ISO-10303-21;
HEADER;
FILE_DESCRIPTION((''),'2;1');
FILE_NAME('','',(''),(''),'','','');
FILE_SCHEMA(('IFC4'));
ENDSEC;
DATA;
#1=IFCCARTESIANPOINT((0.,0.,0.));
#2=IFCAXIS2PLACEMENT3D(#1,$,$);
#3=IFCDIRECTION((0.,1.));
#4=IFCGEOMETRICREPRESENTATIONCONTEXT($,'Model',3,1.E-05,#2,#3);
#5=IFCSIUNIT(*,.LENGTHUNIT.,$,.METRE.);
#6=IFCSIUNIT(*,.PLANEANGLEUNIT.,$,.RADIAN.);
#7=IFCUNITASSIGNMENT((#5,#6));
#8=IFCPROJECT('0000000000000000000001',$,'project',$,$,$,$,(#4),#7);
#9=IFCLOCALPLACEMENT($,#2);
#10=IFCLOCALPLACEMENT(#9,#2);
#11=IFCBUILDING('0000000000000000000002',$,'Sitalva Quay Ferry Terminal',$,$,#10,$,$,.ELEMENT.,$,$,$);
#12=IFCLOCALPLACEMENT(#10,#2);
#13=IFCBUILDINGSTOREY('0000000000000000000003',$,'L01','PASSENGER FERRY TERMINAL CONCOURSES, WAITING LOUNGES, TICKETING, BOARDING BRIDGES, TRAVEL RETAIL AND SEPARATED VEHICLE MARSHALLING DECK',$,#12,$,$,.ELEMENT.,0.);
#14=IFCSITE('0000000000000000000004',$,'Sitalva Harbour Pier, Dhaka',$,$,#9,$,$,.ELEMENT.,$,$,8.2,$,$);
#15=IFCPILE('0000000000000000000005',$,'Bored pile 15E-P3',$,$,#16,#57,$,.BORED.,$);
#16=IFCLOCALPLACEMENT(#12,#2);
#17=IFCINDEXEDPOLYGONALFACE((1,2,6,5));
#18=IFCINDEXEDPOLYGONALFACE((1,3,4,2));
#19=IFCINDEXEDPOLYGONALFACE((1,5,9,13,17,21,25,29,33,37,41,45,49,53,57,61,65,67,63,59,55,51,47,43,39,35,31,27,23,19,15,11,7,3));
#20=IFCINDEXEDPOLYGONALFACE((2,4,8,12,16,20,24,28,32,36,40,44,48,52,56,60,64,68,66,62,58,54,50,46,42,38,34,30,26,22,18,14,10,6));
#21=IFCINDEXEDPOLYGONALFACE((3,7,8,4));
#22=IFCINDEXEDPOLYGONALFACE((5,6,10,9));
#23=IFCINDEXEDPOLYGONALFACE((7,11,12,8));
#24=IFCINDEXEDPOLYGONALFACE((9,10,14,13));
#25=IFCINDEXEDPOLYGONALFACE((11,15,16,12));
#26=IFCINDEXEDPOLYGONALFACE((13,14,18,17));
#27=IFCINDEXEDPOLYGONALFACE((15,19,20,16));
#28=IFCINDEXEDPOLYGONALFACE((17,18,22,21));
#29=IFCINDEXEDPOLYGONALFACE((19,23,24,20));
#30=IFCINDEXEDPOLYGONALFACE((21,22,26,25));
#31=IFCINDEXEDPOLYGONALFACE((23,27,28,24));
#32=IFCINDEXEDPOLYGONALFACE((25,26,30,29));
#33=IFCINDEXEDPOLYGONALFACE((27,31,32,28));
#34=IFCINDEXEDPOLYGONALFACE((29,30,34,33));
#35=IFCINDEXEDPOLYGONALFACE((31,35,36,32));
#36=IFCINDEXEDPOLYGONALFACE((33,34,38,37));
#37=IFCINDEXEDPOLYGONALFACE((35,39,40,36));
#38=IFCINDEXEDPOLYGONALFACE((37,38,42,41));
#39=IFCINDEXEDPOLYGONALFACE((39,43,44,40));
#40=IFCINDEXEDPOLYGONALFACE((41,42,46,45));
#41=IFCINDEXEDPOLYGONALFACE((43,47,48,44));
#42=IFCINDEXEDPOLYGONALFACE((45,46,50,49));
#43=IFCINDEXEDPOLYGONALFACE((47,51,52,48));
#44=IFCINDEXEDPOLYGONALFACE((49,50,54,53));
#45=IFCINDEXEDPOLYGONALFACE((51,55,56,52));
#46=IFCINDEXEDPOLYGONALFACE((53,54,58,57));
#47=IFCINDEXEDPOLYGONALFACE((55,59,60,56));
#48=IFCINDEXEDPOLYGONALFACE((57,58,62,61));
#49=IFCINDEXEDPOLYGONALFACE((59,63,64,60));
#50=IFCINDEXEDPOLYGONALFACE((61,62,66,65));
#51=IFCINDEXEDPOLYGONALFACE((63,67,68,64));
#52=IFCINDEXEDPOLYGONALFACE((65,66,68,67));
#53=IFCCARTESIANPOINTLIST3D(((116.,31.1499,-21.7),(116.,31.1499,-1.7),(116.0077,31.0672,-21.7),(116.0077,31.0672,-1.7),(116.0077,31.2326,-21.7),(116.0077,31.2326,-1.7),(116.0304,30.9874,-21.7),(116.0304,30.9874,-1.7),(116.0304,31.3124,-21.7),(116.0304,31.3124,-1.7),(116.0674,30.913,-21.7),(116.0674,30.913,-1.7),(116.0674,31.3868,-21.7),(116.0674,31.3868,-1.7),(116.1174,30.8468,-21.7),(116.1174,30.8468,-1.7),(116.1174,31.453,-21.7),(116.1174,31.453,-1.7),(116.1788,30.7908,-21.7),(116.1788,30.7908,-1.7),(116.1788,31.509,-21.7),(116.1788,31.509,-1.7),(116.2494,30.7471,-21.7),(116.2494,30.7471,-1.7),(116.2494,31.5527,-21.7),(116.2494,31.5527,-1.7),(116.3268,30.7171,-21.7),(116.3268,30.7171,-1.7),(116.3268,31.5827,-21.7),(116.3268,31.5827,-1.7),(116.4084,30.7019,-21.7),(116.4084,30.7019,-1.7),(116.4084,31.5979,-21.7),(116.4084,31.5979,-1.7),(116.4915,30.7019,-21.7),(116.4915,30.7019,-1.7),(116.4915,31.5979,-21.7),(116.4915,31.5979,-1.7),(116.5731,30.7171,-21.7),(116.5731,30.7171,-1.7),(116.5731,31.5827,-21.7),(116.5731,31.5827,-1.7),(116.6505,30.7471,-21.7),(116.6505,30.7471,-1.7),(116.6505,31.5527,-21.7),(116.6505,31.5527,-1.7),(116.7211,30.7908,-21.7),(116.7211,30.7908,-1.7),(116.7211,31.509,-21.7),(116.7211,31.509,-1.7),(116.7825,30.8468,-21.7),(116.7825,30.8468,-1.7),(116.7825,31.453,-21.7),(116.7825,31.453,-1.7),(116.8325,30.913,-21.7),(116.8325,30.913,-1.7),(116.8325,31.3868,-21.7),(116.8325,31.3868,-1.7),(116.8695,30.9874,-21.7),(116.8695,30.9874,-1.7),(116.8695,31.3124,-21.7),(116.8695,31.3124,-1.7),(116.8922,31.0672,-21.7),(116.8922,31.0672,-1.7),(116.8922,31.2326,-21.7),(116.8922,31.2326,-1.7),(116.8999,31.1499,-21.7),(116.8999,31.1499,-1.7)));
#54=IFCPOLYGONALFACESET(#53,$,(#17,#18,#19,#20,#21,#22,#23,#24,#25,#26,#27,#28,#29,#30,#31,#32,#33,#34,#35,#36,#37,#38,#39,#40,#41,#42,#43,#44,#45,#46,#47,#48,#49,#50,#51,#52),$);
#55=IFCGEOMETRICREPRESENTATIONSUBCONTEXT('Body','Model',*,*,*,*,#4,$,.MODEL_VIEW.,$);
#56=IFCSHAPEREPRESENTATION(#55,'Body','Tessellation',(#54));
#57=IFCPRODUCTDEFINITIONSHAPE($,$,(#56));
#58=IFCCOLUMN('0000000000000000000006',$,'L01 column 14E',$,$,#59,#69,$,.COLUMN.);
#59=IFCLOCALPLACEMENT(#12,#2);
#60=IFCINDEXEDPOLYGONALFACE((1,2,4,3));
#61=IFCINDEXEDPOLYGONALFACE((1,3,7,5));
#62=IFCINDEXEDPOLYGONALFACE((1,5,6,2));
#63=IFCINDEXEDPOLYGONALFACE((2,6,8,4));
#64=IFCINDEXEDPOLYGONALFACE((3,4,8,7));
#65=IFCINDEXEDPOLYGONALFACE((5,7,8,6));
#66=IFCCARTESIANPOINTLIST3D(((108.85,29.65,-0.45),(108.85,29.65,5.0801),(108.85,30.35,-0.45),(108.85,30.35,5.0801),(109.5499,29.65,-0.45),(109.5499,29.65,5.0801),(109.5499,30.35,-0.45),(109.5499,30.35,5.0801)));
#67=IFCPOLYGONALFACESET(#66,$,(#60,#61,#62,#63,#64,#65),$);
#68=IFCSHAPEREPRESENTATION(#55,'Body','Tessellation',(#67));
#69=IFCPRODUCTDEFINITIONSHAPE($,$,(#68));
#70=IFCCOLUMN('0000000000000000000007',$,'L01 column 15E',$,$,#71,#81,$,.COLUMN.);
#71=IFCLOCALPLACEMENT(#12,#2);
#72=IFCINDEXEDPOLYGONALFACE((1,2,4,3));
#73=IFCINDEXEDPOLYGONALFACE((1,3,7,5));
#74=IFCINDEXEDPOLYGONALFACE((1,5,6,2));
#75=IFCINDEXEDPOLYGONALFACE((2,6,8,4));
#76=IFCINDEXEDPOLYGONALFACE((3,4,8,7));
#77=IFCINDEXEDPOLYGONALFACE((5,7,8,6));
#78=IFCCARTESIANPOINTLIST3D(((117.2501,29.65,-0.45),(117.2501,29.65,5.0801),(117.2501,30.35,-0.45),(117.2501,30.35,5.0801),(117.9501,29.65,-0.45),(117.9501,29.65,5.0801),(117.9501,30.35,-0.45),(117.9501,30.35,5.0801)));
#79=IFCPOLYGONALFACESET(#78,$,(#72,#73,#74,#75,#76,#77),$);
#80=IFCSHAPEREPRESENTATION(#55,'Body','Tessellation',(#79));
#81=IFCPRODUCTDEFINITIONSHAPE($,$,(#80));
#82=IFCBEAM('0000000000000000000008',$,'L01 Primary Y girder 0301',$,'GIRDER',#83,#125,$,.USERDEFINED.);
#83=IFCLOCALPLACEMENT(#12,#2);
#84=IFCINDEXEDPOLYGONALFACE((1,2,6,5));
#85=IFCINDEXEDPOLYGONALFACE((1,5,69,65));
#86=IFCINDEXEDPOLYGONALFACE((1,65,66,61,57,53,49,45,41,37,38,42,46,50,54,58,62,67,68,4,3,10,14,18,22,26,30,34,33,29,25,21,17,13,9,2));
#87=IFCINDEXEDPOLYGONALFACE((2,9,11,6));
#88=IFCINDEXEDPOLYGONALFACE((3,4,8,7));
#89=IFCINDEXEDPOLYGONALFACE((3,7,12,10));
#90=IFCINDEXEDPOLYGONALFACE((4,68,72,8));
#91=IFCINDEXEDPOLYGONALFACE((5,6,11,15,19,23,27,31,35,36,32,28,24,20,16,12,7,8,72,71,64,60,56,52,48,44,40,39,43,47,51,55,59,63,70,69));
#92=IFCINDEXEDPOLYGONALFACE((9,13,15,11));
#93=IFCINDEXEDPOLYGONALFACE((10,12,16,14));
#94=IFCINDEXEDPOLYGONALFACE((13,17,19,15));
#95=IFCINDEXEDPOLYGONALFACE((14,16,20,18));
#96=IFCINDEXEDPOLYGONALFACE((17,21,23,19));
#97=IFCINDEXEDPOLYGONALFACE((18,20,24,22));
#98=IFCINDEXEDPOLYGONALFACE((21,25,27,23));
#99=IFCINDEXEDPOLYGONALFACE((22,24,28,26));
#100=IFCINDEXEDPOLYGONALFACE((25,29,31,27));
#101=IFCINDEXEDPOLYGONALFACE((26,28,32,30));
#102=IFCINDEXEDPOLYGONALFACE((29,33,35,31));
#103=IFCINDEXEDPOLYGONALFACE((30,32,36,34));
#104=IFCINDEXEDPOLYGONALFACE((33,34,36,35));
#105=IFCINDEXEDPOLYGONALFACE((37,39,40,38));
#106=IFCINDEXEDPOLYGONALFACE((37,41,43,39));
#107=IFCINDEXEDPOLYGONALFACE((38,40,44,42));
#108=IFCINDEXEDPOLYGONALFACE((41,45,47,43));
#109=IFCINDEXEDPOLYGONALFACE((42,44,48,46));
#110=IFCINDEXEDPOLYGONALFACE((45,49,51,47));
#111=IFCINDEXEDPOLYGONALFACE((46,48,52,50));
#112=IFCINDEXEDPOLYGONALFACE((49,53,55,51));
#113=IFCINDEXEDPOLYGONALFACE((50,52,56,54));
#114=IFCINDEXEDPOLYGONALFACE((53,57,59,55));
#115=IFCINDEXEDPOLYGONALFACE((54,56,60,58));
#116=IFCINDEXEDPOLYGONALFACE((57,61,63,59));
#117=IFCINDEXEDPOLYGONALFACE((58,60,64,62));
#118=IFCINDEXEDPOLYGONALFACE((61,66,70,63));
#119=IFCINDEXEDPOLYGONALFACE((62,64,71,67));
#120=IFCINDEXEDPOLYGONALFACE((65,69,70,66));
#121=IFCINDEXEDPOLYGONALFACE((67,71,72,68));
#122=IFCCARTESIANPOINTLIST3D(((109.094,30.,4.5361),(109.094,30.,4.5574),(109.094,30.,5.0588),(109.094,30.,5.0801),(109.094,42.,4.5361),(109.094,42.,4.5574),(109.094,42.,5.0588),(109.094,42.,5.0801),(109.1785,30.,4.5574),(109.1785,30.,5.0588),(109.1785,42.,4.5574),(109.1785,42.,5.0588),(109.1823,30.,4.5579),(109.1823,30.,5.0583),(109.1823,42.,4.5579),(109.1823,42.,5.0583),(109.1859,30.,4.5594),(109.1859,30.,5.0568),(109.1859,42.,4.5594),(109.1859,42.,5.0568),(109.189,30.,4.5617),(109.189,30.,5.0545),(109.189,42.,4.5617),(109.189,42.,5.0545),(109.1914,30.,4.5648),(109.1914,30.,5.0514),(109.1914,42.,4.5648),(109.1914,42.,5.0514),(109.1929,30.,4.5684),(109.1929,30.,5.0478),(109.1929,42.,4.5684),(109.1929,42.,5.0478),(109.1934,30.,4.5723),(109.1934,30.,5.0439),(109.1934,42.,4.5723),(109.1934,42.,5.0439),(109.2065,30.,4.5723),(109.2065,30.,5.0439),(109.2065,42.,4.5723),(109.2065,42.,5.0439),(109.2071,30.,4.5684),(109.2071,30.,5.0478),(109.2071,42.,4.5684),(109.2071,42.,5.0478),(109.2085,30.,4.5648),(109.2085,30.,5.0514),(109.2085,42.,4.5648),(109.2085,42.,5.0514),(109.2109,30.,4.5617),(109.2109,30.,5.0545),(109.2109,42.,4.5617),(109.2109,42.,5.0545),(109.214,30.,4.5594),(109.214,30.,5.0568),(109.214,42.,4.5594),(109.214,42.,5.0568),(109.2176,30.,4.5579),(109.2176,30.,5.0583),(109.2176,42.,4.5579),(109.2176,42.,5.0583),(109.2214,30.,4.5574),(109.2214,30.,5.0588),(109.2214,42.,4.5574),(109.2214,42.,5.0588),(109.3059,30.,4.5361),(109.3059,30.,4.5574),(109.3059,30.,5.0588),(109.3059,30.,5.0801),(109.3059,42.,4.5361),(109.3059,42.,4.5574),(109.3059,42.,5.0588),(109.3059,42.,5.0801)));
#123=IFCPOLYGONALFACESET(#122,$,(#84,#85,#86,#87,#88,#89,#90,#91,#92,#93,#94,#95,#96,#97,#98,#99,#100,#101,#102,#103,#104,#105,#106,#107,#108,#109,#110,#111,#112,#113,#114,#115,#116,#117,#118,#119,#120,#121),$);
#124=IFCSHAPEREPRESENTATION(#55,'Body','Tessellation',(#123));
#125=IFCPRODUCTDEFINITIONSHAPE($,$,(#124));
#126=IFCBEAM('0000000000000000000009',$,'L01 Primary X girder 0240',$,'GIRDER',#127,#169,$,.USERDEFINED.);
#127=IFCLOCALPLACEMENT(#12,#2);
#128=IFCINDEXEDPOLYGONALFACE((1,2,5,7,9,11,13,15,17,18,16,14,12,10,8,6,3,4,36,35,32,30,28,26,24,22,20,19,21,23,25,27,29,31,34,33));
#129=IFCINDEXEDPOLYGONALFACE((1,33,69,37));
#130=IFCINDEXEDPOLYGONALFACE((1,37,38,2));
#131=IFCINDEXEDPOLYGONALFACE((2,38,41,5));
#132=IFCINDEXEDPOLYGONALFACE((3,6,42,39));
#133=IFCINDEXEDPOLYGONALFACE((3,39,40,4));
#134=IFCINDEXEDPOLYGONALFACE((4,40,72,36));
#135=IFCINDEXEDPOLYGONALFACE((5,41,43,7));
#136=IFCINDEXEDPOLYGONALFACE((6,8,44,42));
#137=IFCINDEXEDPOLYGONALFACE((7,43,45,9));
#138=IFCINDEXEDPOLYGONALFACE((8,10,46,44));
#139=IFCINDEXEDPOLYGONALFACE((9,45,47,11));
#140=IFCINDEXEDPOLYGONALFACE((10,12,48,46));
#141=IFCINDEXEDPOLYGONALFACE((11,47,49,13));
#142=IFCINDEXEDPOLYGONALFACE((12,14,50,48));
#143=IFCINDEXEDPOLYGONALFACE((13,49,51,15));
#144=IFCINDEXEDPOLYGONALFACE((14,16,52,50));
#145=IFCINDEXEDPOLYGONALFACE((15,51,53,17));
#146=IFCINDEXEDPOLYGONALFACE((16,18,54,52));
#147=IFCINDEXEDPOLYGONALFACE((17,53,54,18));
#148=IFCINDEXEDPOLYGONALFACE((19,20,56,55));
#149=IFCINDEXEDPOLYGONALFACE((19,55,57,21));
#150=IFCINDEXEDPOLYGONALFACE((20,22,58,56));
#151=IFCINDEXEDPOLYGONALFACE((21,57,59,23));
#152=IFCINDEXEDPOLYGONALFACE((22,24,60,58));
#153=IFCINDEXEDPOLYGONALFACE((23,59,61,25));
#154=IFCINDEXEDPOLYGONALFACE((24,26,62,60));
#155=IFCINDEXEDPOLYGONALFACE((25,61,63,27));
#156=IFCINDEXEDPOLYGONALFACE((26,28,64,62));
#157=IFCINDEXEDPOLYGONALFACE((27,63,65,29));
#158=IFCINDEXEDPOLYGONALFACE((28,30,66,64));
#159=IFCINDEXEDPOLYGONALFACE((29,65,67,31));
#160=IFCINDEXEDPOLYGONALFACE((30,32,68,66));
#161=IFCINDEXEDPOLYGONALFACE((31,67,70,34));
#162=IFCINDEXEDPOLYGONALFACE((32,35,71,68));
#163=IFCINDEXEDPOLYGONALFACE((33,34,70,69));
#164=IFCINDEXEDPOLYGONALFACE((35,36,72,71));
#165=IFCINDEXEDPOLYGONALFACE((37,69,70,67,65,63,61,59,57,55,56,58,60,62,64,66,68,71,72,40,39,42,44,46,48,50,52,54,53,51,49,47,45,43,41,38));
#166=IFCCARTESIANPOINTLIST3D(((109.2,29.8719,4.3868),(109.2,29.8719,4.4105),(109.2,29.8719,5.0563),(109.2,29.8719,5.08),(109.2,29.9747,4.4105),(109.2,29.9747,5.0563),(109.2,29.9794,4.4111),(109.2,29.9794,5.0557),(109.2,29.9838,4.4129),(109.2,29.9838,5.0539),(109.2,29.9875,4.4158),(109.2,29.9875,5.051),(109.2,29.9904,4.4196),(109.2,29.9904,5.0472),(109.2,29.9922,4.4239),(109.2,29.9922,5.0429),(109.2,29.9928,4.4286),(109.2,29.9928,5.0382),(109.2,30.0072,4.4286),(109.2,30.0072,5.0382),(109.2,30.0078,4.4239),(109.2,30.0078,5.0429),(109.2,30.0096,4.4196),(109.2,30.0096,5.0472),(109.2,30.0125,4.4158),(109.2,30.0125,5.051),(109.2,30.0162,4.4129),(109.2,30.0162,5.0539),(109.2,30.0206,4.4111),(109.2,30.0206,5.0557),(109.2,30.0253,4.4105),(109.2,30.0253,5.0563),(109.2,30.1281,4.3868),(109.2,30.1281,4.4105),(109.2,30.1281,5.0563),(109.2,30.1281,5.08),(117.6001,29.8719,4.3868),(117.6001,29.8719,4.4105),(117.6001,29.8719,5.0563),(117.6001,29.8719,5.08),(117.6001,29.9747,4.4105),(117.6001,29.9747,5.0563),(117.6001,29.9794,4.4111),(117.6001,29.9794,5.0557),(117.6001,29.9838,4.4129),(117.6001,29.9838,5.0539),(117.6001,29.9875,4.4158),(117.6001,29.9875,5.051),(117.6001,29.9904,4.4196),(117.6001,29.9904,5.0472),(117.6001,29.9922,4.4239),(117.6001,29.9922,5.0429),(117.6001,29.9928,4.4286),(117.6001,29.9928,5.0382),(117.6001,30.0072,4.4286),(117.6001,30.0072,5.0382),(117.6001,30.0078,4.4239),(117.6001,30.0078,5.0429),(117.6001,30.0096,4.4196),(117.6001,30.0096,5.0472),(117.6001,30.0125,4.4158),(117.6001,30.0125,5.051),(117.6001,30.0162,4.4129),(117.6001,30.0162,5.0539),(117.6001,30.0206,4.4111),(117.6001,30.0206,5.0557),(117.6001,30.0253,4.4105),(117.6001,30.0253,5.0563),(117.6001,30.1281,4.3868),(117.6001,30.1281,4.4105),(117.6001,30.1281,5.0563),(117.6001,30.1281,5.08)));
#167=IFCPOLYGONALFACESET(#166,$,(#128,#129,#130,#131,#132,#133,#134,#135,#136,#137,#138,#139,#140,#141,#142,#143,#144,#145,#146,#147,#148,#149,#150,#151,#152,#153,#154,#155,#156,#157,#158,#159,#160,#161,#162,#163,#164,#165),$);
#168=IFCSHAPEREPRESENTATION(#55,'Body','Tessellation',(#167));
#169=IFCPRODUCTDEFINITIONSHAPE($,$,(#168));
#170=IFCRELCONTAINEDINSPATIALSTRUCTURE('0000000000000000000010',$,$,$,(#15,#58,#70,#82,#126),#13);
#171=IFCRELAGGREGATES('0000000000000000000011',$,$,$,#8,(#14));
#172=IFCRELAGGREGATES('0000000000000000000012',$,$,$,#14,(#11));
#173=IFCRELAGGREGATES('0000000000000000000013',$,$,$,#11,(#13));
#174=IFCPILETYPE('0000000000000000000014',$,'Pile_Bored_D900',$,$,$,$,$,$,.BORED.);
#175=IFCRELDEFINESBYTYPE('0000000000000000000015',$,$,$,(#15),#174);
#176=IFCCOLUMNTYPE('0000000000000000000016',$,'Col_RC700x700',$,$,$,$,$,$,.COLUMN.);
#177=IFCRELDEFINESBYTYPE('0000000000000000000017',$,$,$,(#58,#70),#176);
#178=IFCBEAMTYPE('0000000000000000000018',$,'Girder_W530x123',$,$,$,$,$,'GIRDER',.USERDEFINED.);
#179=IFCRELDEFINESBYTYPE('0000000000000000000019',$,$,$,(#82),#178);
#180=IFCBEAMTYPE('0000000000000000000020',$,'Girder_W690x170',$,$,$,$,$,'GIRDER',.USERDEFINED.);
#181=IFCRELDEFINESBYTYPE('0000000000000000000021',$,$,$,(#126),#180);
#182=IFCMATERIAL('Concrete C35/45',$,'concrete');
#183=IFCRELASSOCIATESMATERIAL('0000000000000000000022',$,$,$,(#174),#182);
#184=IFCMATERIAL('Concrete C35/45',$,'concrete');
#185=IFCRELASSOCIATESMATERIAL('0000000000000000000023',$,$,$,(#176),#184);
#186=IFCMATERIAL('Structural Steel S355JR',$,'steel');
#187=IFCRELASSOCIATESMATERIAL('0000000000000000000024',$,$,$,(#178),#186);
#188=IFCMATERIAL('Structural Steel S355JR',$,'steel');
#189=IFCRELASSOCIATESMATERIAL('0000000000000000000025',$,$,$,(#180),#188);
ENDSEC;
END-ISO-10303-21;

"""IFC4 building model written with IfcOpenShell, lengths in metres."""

from ifc_helpers import new_model, si_unit, direction, frame, origin, origin_2d, place, context, subcontext, project, spatial, rectangle, circle, i_section, extrude, material, material_profile, profile_set, type_object, element, save


model = new_model("IFC4")

# Units and contexts
model_context = context("Model", 3, precision=1e-05, world=origin(), true_north=direction((0.0, 1.0)))
body_context = subcontext(model_context, "Body", "Model", "MODEL_VIEW")
ifc_project = project(units=[si_unit("LENGTHUNIT", "METRE"), si_unit("PLANEANGLEUNIT", "RADIAN")], contexts=[model_context])

# Site, building, storey
site_placement = place(None, origin())
site = spatial("IfcSite", under=ifc_project, at=site_placement, Name="Sitalva Harbour Pier, Dhaka", CompositionType="ELEMENT", RefElevation=8.2)
building_placement = place(site_placement, origin())
building = spatial("IfcBuilding", under=site, at=building_placement, Name="Sitalva Quay Ferry Terminal", CompositionType="ELEMENT")
storey_placement = place(building_placement, origin())
storey = spatial("IfcBuildingStorey", under=building, at=storey_placement, Name="L01", Description="PASSENGER FERRY TERMINAL CONCOURSES, WAITING LOUNGES, TICKETING, BOARDING BRIDGES, TRAVEL RETAIL AND SEPARATED VEHICLE MARSHALLING DECK", CompositionType="ELEMENT", Elevation=0.0)

# Pile
ifc_material_1 = material(Name="Concrete C35/45", Category="concrete")
ifc_material_profile_1 = material_profile(ifc_material_1, circle(Radius=0.45, at=origin_2d()), Name="PILE-D900")
ifc_profile_set_1 = profile_set([ifc_material_profile_1], Name="Concrete C35/45")
pile_type = type_object("IfcPileType", Name="Pile_Bored_D900", PredefinedType="BORED", material=ifc_profile_set_1)
for number, where, z_axis, x_axis, name in (
    (1, (116.45, 31.1499, -1.7), (0.0, 0.0, -1.0), (1.0, 0.0, 0.0), "Bored pile 15E-P3"),
):
    element("IfcPile", number, at=place(storey_placement, frame(where, z_axis=z_axis, x_axis=x_axis)), inside=storey, type_object=pile_type, Name=name, PredefinedType="BORED", context=body_context, shape_type="SweptSolid", body=[
        extrude(circle(Radius=0.45, at=origin_2d()), origin(), (0.0, 0.0, 1.0), 20.0),
    ])

# Columns
ifc_material_2 = material(Name="Concrete C35/45", Category="concrete")
ifc_material_profile_2 = material_profile(ifc_material_2, rectangle(XDim=0.7, YDim=0.7, at=origin_2d()), Name="RC700x700")
ifc_profile_set_2 = profile_set([ifc_material_profile_2], Name="Concrete C35/45")
column_type = type_object("IfcColumnType", Name="Col_RC700x700", PredefinedType="COLUMN", material=ifc_profile_set_2)
for number, where, z_axis, x_axis, name in (
    (2, (109.2, 30.0, -0.45), (0.0, 0.0, 1.0), (1.0, 0.0, 0.0), "L01 column 14E"),
    (3, (117.6001, 30.0, -0.45), (0.0, 0.0, 1.0), (1.0, 0.0, 0.0), "L01 column 15E"),
):
    element("IfcColumn", number, at=place(storey_placement, frame(where, z_axis=z_axis, x_axis=x_axis)), inside=storey, type_object=column_type, Name=name, PredefinedType="COLUMN", context=body_context, shape_type="SweptSolid", body=[
        extrude(rectangle(XDim=0.7, YDim=0.7, at=origin_2d()), origin(), (0.0, 0.0, 1.0), 5.53),
    ])

# Beams
ifc_material_3 = material(Name="Structural Steel S355JR", Category="steel")
ifc_material_profile_3 = material_profile(ifc_material_3, i_section(OverallWidth=0.2119, OverallDepth=0.5439, WebThickness=0.0132, FlangeThickness=0.0212, FilletRadius=0.0149, at=origin_2d()), Name="W530x123")
ifc_profile_set_3 = profile_set([ifc_material_profile_3], Name="Structural Steel S355JR")
beam_type_1 = type_object("IfcBeamType", Name="Girder_W530x123", ElementType="GIRDER", PredefinedType="USERDEFINED", material=ifc_profile_set_3)
beam_1_placement = place(storey_placement, frame((109.2, 30.0, 4.8081), z_axis=(0.0, 1.0, 0.0), x_axis=(-1.0, 0.0, 0.0)))
element("IfcBeam", 4, at=beam_1_placement, inside=storey, type_object=beam_type_1, Name="L01 Primary Y girder 0301", ObjectType="GIRDER", PredefinedType="USERDEFINED", context=body_context, shape_type="SweptSolid", body=[
    extrude(i_section(OverallWidth=0.2119, OverallDepth=0.5439, WebThickness=0.0132, FlangeThickness=0.0212, FilletRadius=0.0149, at=origin_2d()), origin(), (0.0, 0.0, 1.0), 12.0),
])
ifc_material_4 = material(Name="Structural Steel S355JR", Category="steel")
ifc_material_profile_4 = material_profile(ifc_material_4, i_section(OverallWidth=0.2561, OverallDepth=0.6931, WebThickness=0.0144, FlangeThickness=0.0237, FilletRadius=0.0181, at=origin_2d()), Name="W690x170")
ifc_profile_set_4 = profile_set([ifc_material_profile_4], Name="Structural Steel S355JR")
beam_type_2 = type_object("IfcBeamType", Name="Girder_W690x170", ElementType="GIRDER", PredefinedType="USERDEFINED", material=ifc_profile_set_4)
beam_2_placement = place(storey_placement, frame((109.2, 30.0, 4.7334), z_axis=(1.0, 0.0, 0.0), x_axis=(0.0, 1.0, 0.0)))
element("IfcBeam", 5, at=beam_2_placement, inside=storey, type_object=beam_type_2, Name="L01 Primary X girder 0240", ObjectType="GIRDER", PredefinedType="USERDEFINED", context=body_context, shape_type="SweptSolid", body=[
    extrude(i_section(OverallWidth=0.2561, OverallDepth=0.6931, WebThickness=0.0144, FlangeThickness=0.0237, FilletRadius=0.0181, at=origin_2d()), origin(), (0.0, 0.0, 1.0), 8.4001),
])

save(model, "model.ifc")
